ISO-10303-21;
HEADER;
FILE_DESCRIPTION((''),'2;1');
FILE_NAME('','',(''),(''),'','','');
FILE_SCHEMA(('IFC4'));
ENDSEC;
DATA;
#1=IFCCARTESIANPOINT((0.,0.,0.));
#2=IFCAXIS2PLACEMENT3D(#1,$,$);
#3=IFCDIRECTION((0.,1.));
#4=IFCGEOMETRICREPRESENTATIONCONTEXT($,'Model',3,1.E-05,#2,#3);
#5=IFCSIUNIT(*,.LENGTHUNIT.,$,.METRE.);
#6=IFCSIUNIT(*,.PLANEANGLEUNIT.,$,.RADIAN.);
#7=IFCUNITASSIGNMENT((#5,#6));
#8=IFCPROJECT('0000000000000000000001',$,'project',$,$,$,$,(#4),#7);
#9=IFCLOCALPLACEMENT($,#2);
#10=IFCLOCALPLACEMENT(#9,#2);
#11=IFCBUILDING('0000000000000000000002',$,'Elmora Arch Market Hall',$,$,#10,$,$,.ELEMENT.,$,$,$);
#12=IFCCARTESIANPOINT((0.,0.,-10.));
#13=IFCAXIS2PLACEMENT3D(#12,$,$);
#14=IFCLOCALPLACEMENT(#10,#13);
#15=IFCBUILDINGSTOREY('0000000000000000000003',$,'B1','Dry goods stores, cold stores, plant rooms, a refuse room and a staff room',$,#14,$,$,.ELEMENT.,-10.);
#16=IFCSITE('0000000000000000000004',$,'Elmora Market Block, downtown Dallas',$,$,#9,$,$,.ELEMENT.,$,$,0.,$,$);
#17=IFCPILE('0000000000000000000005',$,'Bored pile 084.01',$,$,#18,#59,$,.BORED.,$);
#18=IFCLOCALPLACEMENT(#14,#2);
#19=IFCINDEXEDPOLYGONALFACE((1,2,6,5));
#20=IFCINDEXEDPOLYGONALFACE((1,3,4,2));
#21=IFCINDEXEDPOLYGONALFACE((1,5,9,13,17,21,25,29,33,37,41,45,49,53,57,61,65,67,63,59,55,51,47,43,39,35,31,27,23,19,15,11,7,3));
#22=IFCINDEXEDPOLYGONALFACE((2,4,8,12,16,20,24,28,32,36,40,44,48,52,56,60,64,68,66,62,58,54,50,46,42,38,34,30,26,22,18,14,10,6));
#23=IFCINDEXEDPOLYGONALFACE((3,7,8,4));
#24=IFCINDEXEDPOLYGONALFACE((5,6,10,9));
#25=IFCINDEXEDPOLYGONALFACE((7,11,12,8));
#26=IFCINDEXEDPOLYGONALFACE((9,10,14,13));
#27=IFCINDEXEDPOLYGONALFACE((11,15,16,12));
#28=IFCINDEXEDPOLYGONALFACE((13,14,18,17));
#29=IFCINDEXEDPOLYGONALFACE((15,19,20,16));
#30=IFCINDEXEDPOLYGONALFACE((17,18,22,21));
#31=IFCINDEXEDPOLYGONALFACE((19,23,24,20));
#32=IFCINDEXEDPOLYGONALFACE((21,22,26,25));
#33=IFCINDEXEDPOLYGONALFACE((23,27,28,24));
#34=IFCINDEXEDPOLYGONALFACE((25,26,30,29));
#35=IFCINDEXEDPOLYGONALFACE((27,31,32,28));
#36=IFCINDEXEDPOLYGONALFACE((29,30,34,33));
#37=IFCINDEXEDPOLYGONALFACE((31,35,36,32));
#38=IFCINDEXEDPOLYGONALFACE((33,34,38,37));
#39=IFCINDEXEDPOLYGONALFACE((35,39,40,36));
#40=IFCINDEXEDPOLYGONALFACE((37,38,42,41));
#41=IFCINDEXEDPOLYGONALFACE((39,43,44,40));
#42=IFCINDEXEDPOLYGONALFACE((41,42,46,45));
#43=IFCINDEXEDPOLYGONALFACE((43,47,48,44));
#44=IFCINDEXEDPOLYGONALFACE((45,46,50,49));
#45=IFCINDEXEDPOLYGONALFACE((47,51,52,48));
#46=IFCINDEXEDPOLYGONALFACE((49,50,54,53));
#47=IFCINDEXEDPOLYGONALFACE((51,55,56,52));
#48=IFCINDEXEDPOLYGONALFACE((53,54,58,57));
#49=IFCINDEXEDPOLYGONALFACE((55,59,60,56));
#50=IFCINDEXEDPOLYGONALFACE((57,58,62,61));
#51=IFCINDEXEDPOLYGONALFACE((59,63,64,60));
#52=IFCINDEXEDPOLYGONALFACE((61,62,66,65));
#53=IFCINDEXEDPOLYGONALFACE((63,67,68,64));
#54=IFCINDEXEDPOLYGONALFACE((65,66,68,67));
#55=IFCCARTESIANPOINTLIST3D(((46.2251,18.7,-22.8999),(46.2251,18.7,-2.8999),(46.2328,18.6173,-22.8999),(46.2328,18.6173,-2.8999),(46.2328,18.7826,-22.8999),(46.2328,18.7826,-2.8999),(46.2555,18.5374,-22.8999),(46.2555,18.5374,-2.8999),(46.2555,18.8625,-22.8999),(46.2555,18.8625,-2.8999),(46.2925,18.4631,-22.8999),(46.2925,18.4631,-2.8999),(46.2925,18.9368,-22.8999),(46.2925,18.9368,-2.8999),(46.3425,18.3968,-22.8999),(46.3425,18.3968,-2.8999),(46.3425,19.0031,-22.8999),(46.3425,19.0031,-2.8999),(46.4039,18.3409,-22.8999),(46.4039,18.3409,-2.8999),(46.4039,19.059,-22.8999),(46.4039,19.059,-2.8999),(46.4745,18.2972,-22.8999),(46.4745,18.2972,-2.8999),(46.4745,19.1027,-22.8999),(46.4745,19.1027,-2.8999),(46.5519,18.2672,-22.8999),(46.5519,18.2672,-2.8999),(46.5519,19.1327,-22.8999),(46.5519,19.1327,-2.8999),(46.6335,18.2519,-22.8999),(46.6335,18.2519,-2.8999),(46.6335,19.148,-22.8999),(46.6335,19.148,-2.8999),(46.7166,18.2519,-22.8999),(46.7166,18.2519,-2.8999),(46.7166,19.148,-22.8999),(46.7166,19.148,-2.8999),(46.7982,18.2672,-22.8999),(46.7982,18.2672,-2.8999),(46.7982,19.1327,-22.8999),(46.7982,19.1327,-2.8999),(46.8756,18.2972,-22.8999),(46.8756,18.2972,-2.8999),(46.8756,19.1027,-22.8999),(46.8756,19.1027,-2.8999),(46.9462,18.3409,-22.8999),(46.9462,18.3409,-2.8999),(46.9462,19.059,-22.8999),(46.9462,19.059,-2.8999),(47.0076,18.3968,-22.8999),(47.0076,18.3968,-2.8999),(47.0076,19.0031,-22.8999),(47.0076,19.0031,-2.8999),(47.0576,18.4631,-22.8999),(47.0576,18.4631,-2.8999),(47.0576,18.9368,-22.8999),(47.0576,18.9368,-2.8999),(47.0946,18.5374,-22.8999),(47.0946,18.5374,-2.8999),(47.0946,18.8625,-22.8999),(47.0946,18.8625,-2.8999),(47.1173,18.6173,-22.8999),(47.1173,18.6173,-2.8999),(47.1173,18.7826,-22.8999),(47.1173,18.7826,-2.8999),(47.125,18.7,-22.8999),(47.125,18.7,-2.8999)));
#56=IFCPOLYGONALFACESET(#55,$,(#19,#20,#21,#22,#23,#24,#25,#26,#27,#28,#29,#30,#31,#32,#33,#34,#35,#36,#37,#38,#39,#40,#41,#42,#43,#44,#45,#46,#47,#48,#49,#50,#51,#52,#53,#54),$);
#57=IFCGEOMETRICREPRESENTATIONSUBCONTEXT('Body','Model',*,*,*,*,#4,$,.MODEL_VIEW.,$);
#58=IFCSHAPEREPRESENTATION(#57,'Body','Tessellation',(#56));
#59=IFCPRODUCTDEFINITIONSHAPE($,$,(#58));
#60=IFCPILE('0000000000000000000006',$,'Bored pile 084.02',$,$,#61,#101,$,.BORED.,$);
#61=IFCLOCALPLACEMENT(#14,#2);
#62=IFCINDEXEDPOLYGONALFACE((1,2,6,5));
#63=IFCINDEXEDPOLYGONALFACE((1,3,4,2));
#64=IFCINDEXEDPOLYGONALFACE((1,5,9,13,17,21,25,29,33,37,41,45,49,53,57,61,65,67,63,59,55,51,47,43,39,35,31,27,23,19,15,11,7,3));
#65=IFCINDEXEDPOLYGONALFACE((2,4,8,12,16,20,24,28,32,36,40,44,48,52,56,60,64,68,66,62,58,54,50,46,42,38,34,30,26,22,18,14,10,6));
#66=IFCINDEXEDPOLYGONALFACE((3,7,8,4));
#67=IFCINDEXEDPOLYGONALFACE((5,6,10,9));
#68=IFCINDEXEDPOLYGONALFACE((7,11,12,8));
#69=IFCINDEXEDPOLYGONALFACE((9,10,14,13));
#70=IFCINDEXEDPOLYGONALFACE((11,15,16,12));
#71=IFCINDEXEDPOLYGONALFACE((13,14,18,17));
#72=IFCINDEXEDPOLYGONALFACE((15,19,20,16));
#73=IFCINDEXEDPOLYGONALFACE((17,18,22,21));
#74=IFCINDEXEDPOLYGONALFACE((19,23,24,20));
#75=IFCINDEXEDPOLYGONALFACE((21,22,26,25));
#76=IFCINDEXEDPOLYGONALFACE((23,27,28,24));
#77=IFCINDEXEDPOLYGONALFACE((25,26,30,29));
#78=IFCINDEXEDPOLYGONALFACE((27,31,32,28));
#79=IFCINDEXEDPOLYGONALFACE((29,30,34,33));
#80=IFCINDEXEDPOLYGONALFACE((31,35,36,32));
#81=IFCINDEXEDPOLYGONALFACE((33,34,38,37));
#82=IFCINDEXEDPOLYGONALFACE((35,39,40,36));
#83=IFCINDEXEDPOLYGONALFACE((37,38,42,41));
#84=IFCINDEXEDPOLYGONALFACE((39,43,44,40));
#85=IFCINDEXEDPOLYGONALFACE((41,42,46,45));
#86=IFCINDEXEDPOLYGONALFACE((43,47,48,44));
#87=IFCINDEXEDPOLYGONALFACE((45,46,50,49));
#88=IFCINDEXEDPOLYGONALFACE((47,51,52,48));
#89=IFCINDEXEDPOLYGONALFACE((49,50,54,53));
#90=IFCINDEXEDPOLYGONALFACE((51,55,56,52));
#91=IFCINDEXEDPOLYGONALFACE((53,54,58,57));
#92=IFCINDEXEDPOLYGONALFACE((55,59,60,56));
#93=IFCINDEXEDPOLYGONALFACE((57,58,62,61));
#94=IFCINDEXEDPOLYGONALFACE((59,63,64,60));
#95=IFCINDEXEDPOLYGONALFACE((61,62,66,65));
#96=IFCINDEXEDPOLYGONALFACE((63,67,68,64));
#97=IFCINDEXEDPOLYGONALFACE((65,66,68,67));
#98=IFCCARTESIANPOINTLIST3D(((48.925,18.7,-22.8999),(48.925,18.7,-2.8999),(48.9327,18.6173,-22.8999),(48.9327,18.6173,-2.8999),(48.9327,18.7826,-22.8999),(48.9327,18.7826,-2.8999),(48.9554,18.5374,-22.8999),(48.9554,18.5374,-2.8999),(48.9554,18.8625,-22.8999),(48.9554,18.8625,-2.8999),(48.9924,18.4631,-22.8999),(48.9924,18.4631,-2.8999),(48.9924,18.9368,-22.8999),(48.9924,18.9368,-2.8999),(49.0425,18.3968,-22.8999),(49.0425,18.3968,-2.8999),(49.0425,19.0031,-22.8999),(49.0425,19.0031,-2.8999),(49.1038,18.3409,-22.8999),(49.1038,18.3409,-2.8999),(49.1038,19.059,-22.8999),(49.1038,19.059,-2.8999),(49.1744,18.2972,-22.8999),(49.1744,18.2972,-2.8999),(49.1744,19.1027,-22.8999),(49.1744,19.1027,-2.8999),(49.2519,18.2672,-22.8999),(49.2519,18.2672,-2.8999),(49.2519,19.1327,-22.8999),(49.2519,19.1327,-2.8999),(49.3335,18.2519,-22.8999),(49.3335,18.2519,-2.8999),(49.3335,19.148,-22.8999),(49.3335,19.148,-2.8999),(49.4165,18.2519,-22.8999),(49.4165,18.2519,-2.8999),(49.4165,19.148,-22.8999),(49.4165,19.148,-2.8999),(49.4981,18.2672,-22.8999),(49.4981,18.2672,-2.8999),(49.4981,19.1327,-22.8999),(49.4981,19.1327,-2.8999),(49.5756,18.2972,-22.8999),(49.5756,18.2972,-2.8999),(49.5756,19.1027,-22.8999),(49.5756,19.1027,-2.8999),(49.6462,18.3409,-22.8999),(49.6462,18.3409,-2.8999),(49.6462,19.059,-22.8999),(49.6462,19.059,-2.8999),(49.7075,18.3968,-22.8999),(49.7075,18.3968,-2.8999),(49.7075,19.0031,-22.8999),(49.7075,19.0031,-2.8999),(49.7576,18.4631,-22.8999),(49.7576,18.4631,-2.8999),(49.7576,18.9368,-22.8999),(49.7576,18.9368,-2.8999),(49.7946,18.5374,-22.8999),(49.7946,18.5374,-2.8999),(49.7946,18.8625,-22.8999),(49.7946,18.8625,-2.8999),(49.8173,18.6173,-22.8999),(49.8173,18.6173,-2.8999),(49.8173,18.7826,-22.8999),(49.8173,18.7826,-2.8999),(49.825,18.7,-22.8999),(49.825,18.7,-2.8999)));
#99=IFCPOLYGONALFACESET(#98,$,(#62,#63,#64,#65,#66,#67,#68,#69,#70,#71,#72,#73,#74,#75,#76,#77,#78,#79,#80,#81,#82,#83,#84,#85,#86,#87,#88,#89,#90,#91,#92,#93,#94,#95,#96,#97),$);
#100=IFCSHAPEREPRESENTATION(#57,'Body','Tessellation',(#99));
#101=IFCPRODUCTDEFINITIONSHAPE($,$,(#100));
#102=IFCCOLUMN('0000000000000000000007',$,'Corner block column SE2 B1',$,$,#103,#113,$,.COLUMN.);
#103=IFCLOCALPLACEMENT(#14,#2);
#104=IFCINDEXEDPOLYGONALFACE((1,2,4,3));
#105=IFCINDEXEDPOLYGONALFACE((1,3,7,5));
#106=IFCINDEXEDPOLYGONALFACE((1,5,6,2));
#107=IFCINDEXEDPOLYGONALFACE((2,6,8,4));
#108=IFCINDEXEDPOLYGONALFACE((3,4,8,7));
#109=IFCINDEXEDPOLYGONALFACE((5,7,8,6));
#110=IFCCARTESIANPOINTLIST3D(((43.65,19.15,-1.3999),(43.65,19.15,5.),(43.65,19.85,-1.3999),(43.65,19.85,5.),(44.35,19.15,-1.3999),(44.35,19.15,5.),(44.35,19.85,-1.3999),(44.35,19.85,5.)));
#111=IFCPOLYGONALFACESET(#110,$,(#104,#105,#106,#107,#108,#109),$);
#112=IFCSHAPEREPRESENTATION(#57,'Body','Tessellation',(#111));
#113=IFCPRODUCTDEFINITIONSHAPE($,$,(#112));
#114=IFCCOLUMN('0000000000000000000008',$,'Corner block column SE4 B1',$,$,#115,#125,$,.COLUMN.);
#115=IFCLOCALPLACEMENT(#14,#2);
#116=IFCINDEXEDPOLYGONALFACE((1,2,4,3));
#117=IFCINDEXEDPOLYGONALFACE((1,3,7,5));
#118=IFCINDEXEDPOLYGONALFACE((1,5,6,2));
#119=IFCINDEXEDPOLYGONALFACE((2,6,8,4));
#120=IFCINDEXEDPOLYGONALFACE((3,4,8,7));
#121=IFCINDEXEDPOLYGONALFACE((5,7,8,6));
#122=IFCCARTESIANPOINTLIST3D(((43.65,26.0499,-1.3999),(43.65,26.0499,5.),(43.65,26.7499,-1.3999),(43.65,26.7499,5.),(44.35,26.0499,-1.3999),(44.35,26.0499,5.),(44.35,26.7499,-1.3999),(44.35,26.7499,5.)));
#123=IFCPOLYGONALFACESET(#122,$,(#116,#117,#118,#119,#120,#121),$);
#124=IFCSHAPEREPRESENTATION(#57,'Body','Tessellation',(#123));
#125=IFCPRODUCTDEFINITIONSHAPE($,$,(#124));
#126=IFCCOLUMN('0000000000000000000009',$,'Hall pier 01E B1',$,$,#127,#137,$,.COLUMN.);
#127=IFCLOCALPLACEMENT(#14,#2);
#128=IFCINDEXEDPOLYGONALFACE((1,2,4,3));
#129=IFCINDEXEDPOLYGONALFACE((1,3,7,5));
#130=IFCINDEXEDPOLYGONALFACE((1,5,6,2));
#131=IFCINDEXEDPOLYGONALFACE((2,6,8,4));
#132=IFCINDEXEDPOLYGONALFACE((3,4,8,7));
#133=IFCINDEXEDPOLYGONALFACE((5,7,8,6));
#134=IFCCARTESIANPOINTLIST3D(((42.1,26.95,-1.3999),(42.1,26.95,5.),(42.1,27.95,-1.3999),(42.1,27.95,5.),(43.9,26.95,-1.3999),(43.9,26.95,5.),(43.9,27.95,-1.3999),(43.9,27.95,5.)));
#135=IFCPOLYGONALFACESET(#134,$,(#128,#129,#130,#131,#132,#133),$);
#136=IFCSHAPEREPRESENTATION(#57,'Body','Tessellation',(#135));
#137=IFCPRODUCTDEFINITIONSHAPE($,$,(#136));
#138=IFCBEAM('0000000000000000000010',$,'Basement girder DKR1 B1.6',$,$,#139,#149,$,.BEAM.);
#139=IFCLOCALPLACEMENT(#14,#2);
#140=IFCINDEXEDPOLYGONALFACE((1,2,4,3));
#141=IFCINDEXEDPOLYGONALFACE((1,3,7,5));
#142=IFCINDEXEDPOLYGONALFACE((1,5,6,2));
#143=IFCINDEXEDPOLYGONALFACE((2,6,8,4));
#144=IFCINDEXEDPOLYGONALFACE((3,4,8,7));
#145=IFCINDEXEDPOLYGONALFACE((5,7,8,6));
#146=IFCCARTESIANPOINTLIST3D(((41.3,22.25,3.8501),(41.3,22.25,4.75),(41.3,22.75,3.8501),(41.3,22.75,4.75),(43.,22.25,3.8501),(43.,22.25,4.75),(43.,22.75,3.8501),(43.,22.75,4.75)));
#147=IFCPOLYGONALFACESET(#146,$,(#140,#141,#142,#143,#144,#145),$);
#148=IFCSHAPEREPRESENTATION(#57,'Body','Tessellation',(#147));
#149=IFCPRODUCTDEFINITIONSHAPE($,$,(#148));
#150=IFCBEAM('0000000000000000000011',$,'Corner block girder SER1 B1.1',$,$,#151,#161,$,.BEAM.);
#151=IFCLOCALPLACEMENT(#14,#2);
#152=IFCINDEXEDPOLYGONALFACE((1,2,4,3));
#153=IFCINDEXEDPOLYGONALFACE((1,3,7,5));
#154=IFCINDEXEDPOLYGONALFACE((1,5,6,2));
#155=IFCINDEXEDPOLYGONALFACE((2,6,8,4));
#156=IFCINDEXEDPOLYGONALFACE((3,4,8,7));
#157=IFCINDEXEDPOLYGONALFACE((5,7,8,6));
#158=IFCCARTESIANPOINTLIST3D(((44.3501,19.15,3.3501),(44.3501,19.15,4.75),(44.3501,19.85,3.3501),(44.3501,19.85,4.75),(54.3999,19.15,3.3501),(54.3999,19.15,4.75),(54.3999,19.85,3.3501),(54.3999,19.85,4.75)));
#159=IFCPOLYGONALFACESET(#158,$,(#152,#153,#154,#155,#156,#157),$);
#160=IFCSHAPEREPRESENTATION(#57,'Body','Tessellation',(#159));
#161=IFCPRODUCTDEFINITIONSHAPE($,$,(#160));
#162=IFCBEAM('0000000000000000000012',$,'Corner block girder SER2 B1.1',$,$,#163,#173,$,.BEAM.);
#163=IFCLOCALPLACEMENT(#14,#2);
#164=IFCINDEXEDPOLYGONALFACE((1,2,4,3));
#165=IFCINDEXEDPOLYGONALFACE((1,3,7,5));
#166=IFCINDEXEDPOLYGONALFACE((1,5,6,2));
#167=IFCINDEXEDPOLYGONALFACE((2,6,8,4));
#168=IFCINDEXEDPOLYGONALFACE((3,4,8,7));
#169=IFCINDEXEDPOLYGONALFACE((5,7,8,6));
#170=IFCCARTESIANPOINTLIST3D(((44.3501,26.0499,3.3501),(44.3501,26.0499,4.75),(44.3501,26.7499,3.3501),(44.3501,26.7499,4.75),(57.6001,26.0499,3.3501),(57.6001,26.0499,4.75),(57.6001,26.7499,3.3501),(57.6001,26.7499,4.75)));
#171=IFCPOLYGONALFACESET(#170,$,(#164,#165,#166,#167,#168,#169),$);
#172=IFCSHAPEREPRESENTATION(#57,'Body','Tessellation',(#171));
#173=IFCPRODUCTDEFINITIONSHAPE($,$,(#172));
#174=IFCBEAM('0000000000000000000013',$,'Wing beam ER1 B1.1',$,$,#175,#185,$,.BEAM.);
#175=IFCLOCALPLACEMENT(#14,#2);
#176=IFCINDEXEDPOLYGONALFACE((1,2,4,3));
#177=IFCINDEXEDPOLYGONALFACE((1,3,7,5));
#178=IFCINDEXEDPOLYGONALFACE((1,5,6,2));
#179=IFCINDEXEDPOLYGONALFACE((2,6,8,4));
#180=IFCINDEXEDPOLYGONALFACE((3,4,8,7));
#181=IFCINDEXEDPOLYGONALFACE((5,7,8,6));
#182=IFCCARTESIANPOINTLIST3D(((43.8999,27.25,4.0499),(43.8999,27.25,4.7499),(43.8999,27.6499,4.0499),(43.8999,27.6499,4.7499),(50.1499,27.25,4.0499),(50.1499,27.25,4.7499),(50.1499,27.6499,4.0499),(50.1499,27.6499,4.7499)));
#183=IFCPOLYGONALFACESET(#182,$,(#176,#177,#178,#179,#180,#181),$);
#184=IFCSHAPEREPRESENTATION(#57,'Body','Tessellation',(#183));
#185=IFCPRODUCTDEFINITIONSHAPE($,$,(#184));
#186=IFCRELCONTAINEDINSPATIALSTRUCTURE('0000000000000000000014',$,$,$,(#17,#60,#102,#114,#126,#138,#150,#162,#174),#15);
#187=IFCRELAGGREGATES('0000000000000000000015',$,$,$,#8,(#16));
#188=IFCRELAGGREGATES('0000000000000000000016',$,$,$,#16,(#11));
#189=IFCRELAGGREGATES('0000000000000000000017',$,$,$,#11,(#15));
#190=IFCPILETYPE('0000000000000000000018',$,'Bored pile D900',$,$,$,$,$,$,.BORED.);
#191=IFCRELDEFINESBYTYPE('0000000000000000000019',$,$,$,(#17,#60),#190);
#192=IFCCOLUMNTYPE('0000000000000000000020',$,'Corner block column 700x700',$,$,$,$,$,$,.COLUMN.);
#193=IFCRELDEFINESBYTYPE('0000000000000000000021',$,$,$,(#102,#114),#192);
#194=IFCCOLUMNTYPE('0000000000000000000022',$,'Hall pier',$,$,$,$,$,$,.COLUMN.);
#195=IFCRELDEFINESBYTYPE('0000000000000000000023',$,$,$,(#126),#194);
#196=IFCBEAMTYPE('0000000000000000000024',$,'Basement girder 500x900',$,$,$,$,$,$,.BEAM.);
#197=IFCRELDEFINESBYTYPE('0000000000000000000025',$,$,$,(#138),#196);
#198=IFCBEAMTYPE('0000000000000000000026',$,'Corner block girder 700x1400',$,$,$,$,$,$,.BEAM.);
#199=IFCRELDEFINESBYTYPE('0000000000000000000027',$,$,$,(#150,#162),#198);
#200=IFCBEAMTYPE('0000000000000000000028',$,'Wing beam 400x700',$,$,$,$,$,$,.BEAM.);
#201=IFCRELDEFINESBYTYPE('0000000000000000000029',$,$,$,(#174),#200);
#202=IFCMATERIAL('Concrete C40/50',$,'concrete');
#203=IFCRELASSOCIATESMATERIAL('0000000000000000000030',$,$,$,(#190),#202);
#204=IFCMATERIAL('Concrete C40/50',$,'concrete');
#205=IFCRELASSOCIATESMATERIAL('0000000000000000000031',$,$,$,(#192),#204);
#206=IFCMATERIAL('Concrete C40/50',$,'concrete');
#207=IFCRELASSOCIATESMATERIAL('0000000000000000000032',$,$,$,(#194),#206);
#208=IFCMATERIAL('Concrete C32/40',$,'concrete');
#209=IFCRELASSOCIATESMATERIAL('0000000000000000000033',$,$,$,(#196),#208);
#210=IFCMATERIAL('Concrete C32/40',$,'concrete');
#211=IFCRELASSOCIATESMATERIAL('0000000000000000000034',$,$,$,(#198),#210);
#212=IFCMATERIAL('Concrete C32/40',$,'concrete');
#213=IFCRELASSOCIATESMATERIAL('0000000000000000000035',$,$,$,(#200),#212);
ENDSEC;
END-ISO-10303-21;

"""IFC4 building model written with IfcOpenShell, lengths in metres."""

from ifc_helpers import new_model, si_unit, direction, frame, origin, origin_2d, place, context, subcontext, project, spatial, rectangle, circle, extrude, material, material_profile, profile_set, type_object, element, save


model = new_model("IFC4")

# Units and contexts
model_context = context("Model", 3, precision=1e-05, world=origin(), true_north=direction((0.0, 1.0)))
body_context = subcontext(model_context, "Body", "Model", "MODEL_VIEW")
ifc_project = project(units=[si_unit("LENGTHUNIT", "METRE"), si_unit("PLANEANGLEUNIT", "RADIAN")], contexts=[model_context])

# Site, building, storey
site_placement = place(None, origin())
site = spatial("IfcSite", under=ifc_project, at=site_placement, Name="Elmora Market Block, downtown Dallas", CompositionType="ELEMENT", RefElevation=0.0)
building_placement = place(site_placement, origin())
building = spatial("IfcBuilding", under=site, at=building_placement, Name="Elmora Arch Market Hall", CompositionType="ELEMENT")
storey_placement = place(building_placement, frame((0.0, 0.0, -10.0)))
storey = spatial("IfcBuildingStorey", under=building, at=storey_placement, Name="B1", Description="Dry goods stores, cold stores, plant rooms, a refuse room and a staff room", CompositionType="ELEMENT", Elevation=-10.0)

# Piles
ifc_material_1 = material(Name="Concrete C40/50", Category="concrete")
ifc_material_profile_1 = material_profile(ifc_material_1, circle(Radius=0.45, at=origin_2d()), Name="Bored pile D900")
ifc_profile_set_1 = profile_set([ifc_material_profile_1], Name="Concrete C40/50")
pile_type = type_object("IfcPileType", Name="Bored pile D900", PredefinedType="BORED", material=ifc_profile_set_1)
for number, where, z_axis, x_axis, name in (
    (1, (46.675, 18.7, -2.8999), (0.0, 0.0, -1.0), (1.0, 0.0, 0.0), "Bored pile 084.01"),
    (2, (49.375, 18.7, -2.8999), (0.0, 0.0, -1.0), (1.0, 0.0, 0.0), "Bored pile 084.02"),
):
    element("IfcPile", number, at=place(storey_placement, frame(where, z_axis=z_axis, x_axis=x_axis)), inside=storey, type_object=pile_type, Name=name, PredefinedType="BORED", context=body_context, shape_type="SweptSolid", body=[
        extrude(circle(Radius=0.45, at=origin_2d()), origin(), (0.0, 0.0, 1.0), 20.0),
    ])

# Columns
ifc_material_2 = material(Name="Concrete C40/50", Category="concrete")
ifc_material_profile_2 = material_profile(ifc_material_2, rectangle(XDim=0.7, YDim=0.7, at=origin_2d()), Name="Corner block column 700x700")
ifc_profile_set_2 = profile_set([ifc_material_profile_2], Name="Concrete C40/50")
column_type_1 = type_object("IfcColumnType", Name="Corner block column 700x700", PredefinedType="COLUMN", material=ifc_profile_set_2)
for number, where, z_axis, x_axis, name in (
    (3, (44.0, 19.5, -1.3999), (0.0, 0.0, 1.0), (1.0, 0.0, 0.0), "Corner block column SE2 B1"),
    (4, (44.0, 26.3999, -1.3999), (0.0, 0.0, 1.0), (1.0, 0.0, 0.0), "Corner block column SE4 B1"),
):
    element("IfcColumn", number, at=place(storey_placement, frame(where, z_axis=z_axis, x_axis=x_axis)), inside=storey, type_object=column_type_1, Name=name, PredefinedType="COLUMN", context=body_context, shape_type="SweptSolid", body=[
        extrude(rectangle(XDim=0.7, YDim=0.7, at=origin_2d()), origin(), (0.0, 0.0, 1.0), 6.3999),
    ])
ifc_material_3 = material(Name="Concrete C40/50", Category="concrete")
ifc_material_profile_3 = material_profile(ifc_material_3, rectangle(XDim=1.8, YDim=1.0, at=origin_2d()), Name="Hall pier")
ifc_profile_set_3 = profile_set([ifc_material_profile_3], Name="Concrete C40/50")
column_type_2 = type_object("IfcColumnType", Name="Hall pier", PredefinedType="COLUMN", material=ifc_profile_set_3)
column_placement = place(storey_placement, frame((43.0, 27.45, -1.3999), z_axis=(0.0, 0.0, 1.0), x_axis=(1.0, 0.0, 0.0)))
element("IfcColumn", 5, at=column_placement, inside=storey, type_object=column_type_2, Name="Hall pier 01E B1", PredefinedType="COLUMN", context=body_context, shape_type="SweptSolid", body=[
    extrude(rectangle(XDim=1.8, YDim=1.0, at=origin_2d()), origin(), (0.0, 0.0, 1.0), 6.3999),
])

# Beams
ifc_material_4 = material(Name="Concrete C32/40", Category="concrete")
ifc_material_profile_4 = material_profile(ifc_material_4, rectangle(XDim=0.5, YDim=0.8999, at=origin_2d()), Name="Basement girder 500x900")
ifc_profile_set_4 = profile_set([ifc_material_profile_4], Name="Concrete C32/40")
beam_type_1 = type_object("IfcBeamType", Name="Basement girder 500x900", PredefinedType="BEAM", material=ifc_profile_set_4)
beam_1_placement = place(storey_placement, frame((41.3, 22.5, 4.3), z_axis=(1.0, 0.0, 0.0), x_axis=(0.0, 1.0, 0.0)))
element("IfcBeam", 6, at=beam_1_placement, inside=storey, type_object=beam_type_1, Name="Basement girder DKR1 B1.6", PredefinedType="BEAM", context=body_context, shape_type="SweptSolid", body=[
    extrude(rectangle(XDim=0.5, YDim=0.8999, at=origin_2d()), origin(), (0.0, 0.0, 1.0), 1.7),
])
ifc_material_5 = material(Name="Concrete C32/40", Category="concrete")
ifc_material_profile_5 = material_profile(ifc_material_5, rectangle(XDim=0.7, YDim=1.3999, at=origin_2d()), Name="Corner block girder 700x1400")
ifc_profile_set_5 = profile_set([ifc_material_profile_5], Name="Concrete C32/40")
beam_type_2 = type_object("IfcBeamType", Name="Corner block girder 700x1400", PredefinedType="BEAM", material=ifc_profile_set_5)
beam_2_placement = place(storey_placement, frame((44.3501, 19.5, 4.05), z_axis=(1.0, 0.0, 0.0), x_axis=(0.0, 1.0, 0.0)))
element("IfcBeam", 7, at=beam_2_placement, inside=storey, type_object=beam_type_2, Name="Corner block girder SER1 B1.1", PredefinedType="BEAM", context=body_context, shape_type="SweptSolid", body=[
    extrude(rectangle(XDim=0.7, YDim=1.3999, at=origin_2d()), origin(), (0.0, 0.0, 1.0), 10.0498),
])
beam_3_placement = place(storey_placement, frame((44.3501, 26.3999, 4.05), z_axis=(1.0, 0.0, 0.0), x_axis=(0.0, 1.0, 0.0)))
element("IfcBeam", 8, at=beam_3_placement, inside=storey, type_object=beam_type_2, Name="Corner block girder SER2 B1.1", PredefinedType="BEAM", context=body_context, shape_type="SweptSolid", body=[
    extrude(rectangle(XDim=0.7, YDim=1.3999, at=origin_2d()), origin(), (0.0, 0.0, 1.0), 13.25),
])
ifc_material_6 = material(Name="Concrete C32/40", Category="concrete")
ifc_material_profile_6 = material_profile(ifc_material_6, rectangle(XDim=0.3999, YDim=0.7, at=origin_2d()), Name="Wing beam 400x700")
ifc_profile_set_6 = profile_set([ifc_material_profile_6], Name="Concrete C32/40")
beam_type_3 = type_object("IfcBeamType", Name="Wing beam 400x700", PredefinedType="BEAM", material=ifc_profile_set_6)
beam_4_placement = place(storey_placement, frame((43.8999, 27.45, 4.3999), z_axis=(1.0, 0.0, 0.0), x_axis=(0.0, 1.0, 0.0)))
element("IfcBeam", 9, at=beam_4_placement, inside=storey, type_object=beam_type_3, Name="Wing beam ER1 B1.1", PredefinedType="BEAM", context=body_context, shape_type="SweptSolid", body=[
    extrude(rectangle(XDim=0.3999, YDim=0.7, at=origin_2d()), origin(), (0.0, 0.0, 1.0), 6.25),
])

save(model, "model.ifc")
